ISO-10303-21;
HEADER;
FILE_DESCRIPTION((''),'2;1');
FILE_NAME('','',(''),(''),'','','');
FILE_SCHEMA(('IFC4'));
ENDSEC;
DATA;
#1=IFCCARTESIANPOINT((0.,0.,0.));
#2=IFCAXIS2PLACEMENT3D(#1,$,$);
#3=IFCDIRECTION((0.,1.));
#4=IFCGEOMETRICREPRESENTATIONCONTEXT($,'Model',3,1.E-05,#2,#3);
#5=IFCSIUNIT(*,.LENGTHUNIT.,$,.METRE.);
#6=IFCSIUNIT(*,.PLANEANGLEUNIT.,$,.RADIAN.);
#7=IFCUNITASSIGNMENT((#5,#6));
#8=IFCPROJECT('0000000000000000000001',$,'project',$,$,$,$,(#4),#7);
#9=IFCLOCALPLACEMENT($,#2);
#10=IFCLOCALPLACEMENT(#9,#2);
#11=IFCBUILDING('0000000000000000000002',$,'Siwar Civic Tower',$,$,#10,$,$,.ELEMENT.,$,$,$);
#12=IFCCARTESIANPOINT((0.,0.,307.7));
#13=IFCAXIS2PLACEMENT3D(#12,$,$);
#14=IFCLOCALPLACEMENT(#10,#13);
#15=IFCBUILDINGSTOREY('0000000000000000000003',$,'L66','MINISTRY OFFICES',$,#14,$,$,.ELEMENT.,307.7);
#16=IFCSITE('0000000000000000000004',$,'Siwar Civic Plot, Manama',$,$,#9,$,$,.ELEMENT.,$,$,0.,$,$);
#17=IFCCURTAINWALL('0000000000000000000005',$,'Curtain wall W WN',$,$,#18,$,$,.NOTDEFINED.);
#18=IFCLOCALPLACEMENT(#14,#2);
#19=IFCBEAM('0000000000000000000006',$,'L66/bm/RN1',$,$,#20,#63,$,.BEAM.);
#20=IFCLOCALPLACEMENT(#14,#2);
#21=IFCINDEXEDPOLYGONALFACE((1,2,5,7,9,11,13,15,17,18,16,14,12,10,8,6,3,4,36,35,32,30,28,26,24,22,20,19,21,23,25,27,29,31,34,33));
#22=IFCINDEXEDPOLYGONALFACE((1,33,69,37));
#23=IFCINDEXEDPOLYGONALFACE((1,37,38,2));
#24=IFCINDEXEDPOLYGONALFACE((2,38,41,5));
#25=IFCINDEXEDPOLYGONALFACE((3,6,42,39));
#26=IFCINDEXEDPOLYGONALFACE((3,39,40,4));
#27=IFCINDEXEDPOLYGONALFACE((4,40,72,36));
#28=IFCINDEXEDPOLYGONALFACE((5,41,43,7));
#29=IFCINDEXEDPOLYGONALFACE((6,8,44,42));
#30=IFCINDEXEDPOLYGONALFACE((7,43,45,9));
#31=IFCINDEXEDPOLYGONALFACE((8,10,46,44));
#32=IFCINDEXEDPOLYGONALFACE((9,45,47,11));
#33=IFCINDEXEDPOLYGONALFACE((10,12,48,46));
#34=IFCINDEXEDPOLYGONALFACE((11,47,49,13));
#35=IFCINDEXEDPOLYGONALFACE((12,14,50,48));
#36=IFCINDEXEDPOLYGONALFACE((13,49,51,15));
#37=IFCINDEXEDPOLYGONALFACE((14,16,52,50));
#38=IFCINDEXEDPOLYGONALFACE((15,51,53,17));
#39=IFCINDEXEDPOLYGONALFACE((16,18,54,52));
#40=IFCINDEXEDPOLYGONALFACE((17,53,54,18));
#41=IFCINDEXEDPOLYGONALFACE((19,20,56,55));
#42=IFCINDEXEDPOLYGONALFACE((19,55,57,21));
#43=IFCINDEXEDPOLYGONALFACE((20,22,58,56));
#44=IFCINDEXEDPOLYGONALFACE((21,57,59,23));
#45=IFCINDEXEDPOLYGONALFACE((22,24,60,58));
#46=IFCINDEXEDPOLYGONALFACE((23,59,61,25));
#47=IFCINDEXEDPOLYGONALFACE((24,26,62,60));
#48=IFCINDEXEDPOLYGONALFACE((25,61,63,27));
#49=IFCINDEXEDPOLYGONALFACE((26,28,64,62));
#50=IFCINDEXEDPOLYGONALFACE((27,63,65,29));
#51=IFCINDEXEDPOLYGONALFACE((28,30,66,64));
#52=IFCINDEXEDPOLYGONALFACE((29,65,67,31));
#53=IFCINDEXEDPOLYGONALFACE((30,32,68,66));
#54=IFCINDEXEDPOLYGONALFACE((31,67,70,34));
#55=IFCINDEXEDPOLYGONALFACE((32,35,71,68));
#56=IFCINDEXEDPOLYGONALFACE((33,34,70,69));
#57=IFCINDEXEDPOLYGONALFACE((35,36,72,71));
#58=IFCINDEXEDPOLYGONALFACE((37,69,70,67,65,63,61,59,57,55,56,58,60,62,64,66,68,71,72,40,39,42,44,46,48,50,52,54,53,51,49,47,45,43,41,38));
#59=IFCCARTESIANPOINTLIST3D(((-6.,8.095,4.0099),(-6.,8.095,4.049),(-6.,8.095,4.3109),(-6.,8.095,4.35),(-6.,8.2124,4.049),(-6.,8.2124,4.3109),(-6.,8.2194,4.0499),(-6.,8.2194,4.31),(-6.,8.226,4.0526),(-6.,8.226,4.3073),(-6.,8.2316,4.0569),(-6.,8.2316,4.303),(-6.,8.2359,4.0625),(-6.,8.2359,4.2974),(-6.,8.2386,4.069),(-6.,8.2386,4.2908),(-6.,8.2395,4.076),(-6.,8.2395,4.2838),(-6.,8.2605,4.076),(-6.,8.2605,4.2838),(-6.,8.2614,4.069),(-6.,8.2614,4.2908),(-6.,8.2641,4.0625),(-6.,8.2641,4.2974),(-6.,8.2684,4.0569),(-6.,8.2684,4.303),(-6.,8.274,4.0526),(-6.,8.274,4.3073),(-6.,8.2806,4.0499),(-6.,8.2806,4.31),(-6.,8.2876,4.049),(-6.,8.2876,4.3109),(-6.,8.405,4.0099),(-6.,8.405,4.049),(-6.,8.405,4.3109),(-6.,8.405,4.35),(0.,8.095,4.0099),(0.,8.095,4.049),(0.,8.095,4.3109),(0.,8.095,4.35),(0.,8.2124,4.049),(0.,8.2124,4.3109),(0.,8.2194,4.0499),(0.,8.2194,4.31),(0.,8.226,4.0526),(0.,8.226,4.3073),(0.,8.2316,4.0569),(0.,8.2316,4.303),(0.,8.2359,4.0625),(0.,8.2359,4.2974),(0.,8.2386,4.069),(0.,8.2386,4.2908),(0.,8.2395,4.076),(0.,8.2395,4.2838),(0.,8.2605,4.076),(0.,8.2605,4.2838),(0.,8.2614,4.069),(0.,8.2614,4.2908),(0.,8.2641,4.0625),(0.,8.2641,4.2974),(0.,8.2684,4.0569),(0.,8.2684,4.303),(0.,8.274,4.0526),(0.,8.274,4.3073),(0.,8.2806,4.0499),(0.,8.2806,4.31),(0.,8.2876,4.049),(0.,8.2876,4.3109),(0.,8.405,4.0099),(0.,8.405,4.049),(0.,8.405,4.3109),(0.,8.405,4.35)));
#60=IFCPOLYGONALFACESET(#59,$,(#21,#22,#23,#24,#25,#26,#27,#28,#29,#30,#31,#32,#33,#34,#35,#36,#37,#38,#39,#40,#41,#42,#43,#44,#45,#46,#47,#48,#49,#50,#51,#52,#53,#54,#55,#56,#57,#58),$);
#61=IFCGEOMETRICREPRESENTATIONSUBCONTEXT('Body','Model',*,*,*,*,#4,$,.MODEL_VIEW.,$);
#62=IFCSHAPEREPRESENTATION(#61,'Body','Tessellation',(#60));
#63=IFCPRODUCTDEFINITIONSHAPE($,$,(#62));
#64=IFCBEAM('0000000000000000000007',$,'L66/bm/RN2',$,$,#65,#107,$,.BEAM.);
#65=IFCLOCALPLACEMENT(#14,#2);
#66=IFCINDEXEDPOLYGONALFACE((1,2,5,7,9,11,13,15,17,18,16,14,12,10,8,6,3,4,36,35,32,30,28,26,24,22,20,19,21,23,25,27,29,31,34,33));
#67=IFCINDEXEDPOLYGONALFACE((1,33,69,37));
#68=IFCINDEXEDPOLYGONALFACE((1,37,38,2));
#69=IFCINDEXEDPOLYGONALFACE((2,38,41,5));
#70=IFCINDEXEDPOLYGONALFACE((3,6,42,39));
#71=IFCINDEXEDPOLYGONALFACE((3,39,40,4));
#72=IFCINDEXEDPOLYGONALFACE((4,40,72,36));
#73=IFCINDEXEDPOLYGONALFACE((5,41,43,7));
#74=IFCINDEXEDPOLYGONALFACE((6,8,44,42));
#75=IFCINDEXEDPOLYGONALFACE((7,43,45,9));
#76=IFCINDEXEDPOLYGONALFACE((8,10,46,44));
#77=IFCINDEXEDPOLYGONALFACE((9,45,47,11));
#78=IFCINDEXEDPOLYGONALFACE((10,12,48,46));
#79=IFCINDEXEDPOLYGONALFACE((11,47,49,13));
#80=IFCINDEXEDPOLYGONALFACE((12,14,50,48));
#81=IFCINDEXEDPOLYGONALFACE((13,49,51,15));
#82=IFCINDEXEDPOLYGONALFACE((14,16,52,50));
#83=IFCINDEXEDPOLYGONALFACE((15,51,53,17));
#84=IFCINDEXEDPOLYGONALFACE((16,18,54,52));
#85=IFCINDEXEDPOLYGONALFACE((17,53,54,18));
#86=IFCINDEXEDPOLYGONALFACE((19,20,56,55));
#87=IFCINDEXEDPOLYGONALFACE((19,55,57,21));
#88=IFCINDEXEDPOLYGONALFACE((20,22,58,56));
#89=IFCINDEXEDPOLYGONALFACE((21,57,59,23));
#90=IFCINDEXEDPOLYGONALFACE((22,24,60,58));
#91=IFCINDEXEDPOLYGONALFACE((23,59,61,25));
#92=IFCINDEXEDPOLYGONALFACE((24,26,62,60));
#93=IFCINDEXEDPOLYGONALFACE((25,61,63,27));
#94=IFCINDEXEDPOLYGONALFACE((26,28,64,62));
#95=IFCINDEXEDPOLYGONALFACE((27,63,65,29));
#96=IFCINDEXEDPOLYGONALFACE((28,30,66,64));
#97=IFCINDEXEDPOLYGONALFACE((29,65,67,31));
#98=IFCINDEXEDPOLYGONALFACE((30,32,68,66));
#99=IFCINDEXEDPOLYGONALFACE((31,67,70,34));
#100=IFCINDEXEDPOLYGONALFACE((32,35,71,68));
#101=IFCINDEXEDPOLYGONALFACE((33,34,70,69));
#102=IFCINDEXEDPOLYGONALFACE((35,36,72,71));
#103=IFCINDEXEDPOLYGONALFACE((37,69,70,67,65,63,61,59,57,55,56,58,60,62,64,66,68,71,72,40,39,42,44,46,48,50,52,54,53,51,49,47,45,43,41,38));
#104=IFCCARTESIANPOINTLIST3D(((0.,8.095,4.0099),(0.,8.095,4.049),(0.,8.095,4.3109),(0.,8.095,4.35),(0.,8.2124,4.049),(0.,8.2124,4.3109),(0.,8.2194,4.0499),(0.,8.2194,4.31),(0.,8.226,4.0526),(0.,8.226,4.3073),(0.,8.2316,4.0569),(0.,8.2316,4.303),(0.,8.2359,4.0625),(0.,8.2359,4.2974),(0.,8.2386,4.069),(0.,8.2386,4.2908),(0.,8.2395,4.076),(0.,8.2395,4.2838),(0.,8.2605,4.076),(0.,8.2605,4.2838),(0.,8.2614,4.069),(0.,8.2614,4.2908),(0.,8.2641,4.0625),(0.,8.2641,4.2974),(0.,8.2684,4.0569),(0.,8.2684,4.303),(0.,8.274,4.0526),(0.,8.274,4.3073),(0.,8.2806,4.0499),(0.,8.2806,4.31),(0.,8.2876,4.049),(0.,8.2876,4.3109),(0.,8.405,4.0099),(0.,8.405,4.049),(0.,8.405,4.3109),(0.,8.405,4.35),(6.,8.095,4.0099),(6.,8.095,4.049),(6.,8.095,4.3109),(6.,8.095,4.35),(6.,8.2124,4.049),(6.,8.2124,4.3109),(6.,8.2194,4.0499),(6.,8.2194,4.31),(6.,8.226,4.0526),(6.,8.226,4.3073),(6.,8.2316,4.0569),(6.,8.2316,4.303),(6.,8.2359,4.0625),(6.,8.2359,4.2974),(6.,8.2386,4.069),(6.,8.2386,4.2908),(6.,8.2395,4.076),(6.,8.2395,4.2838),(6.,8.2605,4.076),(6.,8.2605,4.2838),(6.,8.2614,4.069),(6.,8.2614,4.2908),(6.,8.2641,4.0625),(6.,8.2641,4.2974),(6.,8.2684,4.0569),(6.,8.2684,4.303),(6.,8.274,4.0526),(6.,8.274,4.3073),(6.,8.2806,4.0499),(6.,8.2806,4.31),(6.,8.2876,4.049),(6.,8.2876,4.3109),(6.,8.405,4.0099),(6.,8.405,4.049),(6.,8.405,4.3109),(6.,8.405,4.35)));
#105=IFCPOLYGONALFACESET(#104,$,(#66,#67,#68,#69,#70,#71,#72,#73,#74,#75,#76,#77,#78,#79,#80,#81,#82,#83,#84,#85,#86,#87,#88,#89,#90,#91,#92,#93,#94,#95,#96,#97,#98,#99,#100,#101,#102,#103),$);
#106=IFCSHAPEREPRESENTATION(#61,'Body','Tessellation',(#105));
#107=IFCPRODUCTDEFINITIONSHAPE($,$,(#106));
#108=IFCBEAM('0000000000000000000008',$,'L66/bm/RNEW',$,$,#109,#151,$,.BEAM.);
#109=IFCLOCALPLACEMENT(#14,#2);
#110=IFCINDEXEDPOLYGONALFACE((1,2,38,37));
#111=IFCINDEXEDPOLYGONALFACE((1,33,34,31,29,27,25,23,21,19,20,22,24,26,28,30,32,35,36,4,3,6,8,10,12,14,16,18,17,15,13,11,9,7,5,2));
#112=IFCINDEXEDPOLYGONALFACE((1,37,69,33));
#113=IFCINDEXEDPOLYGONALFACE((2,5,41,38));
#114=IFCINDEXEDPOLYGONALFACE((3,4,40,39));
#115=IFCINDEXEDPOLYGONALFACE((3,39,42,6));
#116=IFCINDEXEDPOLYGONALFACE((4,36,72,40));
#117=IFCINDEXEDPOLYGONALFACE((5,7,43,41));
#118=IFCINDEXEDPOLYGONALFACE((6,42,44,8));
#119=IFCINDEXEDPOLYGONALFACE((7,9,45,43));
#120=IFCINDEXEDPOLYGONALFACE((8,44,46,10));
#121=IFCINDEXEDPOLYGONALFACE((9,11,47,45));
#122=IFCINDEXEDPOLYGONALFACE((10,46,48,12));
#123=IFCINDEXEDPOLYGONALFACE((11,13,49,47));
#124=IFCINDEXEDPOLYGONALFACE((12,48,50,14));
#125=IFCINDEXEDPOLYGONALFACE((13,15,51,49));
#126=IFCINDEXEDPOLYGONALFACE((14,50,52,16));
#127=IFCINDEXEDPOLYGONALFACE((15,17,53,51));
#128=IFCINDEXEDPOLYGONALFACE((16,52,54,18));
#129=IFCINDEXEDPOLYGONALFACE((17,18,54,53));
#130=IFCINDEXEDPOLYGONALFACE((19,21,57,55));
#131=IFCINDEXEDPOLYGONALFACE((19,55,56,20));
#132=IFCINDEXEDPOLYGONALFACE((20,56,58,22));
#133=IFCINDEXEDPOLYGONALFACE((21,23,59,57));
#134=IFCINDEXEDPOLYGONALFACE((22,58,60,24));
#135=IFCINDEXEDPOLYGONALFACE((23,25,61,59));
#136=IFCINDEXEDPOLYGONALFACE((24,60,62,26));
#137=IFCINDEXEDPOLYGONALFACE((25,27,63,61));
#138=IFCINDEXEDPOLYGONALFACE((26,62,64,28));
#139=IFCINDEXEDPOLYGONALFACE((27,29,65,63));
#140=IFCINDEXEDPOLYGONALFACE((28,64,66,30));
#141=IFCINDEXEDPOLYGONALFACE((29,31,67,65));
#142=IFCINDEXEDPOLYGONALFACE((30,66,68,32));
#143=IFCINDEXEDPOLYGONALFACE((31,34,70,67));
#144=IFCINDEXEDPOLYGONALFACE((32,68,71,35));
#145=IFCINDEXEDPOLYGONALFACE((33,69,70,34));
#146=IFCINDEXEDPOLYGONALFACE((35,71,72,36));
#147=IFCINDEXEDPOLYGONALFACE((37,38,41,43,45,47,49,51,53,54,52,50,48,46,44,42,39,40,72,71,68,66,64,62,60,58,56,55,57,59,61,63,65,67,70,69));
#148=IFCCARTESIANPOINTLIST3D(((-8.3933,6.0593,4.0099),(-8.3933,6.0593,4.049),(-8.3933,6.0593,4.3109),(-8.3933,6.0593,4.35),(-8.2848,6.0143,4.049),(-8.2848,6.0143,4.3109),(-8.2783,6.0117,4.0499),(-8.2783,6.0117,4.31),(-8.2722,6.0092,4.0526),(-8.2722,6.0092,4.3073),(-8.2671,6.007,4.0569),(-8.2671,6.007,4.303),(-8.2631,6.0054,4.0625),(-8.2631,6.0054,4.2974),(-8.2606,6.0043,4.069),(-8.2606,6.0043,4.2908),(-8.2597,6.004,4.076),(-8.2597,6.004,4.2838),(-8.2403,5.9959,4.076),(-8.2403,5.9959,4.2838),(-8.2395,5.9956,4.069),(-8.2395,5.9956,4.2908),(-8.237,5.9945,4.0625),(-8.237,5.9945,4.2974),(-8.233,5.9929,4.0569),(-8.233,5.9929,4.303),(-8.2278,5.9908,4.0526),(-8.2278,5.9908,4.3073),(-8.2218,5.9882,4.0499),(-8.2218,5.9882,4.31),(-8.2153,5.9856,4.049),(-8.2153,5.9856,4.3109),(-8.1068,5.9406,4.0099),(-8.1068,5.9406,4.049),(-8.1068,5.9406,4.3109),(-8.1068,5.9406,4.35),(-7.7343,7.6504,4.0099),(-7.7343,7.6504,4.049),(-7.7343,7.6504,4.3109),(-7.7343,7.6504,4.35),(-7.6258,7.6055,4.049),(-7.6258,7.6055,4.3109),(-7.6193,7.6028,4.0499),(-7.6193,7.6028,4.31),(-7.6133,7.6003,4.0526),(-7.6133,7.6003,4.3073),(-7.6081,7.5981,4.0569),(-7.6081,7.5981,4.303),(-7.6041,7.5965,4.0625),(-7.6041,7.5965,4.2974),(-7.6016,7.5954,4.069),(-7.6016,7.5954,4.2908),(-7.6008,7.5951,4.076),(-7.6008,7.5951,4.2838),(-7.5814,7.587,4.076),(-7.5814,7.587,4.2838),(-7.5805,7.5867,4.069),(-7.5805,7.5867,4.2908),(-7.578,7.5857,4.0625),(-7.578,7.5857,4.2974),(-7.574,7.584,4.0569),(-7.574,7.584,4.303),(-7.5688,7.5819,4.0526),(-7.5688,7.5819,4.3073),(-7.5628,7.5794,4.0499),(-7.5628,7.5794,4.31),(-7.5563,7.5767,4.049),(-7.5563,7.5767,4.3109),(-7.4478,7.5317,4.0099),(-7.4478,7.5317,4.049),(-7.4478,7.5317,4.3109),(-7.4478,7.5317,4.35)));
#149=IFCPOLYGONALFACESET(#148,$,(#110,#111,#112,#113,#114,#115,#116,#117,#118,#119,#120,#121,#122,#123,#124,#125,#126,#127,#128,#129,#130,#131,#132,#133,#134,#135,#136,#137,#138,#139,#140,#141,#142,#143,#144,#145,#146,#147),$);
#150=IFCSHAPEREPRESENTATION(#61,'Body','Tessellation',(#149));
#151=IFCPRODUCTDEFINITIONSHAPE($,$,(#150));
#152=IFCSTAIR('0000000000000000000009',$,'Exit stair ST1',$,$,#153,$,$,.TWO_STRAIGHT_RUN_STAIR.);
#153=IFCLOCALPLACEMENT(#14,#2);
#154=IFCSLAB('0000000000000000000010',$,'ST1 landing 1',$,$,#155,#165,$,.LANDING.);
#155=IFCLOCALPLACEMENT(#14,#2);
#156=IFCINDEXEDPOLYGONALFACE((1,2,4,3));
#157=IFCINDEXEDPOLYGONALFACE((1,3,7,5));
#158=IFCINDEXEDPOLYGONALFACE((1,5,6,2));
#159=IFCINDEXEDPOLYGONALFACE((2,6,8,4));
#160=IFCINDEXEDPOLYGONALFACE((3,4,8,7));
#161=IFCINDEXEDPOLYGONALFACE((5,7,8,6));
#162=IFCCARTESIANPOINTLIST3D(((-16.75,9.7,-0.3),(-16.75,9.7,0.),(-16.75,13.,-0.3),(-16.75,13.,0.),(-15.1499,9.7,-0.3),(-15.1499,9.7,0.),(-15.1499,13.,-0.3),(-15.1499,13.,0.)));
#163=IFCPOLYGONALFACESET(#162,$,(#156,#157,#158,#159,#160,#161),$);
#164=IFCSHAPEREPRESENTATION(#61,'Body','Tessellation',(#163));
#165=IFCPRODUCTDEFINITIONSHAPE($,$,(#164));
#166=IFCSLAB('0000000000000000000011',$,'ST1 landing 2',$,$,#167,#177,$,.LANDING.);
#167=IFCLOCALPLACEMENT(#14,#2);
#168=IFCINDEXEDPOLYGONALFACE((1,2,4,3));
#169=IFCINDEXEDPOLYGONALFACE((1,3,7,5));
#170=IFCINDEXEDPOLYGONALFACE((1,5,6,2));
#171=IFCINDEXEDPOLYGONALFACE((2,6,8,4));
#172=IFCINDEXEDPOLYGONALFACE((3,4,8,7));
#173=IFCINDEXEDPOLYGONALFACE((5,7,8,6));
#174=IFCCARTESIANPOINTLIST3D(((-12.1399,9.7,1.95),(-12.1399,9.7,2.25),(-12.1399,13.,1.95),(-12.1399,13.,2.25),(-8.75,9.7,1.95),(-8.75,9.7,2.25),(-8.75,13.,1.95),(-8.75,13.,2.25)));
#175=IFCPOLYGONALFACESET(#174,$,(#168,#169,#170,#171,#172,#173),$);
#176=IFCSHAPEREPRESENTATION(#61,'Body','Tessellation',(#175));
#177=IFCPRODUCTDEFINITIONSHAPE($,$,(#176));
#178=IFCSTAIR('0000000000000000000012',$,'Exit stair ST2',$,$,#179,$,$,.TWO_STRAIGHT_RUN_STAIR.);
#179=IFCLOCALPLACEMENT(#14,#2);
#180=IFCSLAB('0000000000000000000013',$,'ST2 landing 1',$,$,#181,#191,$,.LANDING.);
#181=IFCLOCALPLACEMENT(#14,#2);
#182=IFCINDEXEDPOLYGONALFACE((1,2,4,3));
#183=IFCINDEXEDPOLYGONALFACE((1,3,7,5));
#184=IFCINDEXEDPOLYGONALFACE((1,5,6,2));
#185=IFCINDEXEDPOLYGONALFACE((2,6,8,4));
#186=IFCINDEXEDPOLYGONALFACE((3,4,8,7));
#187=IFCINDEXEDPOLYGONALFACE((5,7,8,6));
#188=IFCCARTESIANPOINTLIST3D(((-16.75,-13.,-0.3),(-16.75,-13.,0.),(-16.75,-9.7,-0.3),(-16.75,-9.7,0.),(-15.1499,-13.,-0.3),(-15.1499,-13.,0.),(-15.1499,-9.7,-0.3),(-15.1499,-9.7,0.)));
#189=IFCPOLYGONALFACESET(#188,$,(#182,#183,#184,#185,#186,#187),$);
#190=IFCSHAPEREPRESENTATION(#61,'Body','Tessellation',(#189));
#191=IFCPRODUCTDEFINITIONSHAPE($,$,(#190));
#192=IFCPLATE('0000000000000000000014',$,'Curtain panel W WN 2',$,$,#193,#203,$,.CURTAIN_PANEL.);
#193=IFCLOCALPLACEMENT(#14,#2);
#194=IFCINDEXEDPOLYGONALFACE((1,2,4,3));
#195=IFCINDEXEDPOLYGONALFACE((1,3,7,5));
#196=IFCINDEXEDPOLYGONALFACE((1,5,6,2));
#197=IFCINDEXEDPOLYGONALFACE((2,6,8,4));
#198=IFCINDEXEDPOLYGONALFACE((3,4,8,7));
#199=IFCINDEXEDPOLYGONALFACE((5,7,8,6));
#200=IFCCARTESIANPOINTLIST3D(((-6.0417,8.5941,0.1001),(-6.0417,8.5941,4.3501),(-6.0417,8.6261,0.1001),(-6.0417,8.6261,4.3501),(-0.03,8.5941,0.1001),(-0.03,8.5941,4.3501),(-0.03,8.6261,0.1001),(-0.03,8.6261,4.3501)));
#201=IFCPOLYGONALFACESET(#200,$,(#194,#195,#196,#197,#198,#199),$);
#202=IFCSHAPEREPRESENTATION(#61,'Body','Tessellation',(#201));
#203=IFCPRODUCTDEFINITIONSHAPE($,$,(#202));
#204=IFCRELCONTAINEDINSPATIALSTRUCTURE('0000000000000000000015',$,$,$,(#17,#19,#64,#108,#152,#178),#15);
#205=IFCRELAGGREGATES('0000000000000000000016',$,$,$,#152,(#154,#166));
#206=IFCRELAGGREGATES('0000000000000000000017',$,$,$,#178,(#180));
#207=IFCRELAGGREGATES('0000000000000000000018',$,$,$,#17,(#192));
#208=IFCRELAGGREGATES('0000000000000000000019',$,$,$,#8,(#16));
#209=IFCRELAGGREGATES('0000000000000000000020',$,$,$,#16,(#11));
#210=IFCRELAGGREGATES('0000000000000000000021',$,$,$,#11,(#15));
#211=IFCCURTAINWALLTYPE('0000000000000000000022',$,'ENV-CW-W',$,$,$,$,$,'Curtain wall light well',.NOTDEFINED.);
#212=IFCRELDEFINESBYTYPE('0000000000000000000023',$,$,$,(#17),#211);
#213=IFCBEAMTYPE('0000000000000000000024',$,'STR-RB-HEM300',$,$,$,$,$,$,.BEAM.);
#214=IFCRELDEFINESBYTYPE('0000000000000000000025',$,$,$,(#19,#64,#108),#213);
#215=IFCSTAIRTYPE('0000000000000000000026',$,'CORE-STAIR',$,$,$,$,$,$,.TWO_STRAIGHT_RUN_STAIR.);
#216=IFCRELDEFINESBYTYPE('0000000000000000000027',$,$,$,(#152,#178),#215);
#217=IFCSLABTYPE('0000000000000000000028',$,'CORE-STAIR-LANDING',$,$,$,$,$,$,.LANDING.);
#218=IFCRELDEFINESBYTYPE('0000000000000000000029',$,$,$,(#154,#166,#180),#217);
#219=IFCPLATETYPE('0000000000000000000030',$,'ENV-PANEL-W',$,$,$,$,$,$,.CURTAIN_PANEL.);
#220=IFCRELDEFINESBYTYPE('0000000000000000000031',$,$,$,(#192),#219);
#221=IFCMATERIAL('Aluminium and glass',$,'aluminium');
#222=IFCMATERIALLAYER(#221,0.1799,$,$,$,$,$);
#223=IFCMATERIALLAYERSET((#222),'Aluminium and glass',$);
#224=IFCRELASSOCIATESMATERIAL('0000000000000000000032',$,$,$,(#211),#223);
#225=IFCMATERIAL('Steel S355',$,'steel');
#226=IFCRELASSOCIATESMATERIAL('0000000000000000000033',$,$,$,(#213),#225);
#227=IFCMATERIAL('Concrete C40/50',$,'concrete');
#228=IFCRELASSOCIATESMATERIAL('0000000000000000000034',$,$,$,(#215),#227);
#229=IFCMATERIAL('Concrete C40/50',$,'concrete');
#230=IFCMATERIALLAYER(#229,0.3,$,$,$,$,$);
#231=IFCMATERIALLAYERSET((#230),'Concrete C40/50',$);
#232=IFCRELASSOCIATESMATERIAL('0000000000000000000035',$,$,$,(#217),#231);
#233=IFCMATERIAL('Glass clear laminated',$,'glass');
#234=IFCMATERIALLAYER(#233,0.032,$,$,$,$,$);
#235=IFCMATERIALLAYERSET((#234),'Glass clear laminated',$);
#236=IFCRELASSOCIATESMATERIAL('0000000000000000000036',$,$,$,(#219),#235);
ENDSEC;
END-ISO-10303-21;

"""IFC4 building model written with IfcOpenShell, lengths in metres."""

from ifc_helpers import new_model, si_unit, direction, frame, origin, origin_2d, place, context, subcontext, project, spatial, polyline, rectangle, i_section, outline, extrude, material, layer, layer_set, material_profile, profile_set, type_object, element, aggregate, save


model = new_model("IFC4")

# Units and contexts
model_context = context("Model", 3, precision=1e-05, world=origin(), true_north=direction((0.0, 1.0)))
body_context = subcontext(model_context, "Body", "Model", "MODEL_VIEW")
ifc_project = project(units=[si_unit("LENGTHUNIT", "METRE"), si_unit("PLANEANGLEUNIT", "RADIAN")], contexts=[model_context])

# Site, building, storey
site_placement = place(None, origin())
site = spatial("IfcSite", under=ifc_project, at=site_placement, Name="Siwar Civic Plot, Manama", CompositionType="ELEMENT", RefElevation=0.0)
building_placement = place(site_placement, origin())
building = spatial("IfcBuilding", under=site, at=building_placement, Name="Siwar Civic Tower", CompositionType="ELEMENT")
storey_placement = place(building_placement, frame((0.0, 0.0, 307.7)))
storey = spatial("IfcBuildingStorey", under=building, at=storey_placement, Name="L66", Description="MINISTRY OFFICES", CompositionType="ELEMENT", Elevation=307.7)

# Curtain wall
ifc_material_1 = material(Name="Aluminium and glass", Category="aluminium")
ifc_layer_1 = layer(ifc_material_1, 0.1799)
ifc_layer_set_1 = layer_set([ifc_layer_1], Name="Aluminium and glass")
curtain_wall_type = type_object("IfcCurtainWallType", Name="ENV-CW-W", ElementType="Curtain wall light well", PredefinedType="NOTDEFINED", material=ifc_layer_set_1)
curtain_wall_placement = place(storey_placement, origin())
curtain_wall = element("IfcCurtainWall", 1, at=curtain_wall_placement, inside=storey, type_object=curtain_wall_type, Name="Curtain wall W WN", PredefinedType="NOTDEFINED")

# Beams
ifc_material_2 = material(Name="Steel S355", Category="steel")
ifc_material_profile_1 = material_profile(ifc_material_2, i_section(OverallWidth=0.3101, OverallDepth=0.3401, WebThickness=0.021, FlangeThickness=0.0391, FilletRadius=0.0271, at=origin_2d()), Name="HEM300")
ifc_profile_set_1 = profile_set([ifc_material_profile_1], Name="Steel S355")
beam_type_1 = type_object("IfcBeamType", Name="STR-RB-HEM300", PredefinedType="BEAM", material=ifc_profile_set_1)
for number, where, z_axis, x_axis, name in (
    (2, (-6.0, 8.25, 4.1799), (1.0, 0.0, 0.0), (0.0, 1.0, 0.0), "L66/bm/RN1"),
    (3, (0.0, 8.25, 4.1799), (1.0, 0.0, 0.0), (0.0, 1.0, 0.0), "L66/bm/RN2"),
):
    element("IfcBeam", number, at=place(storey_placement, frame(where, z_axis=z_axis, x_axis=x_axis)), inside=storey, type_object=beam_type_1, Name=name, PredefinedType="BEAM", context=body_context, shape_type="SweptSolid", body=[
        extrude(i_section(OverallWidth=0.3101, OverallDepth=0.3401, WebThickness=0.021, FlangeThickness=0.0391, FilletRadius=0.0271, at=origin_2d()), origin(), (0.0, 0.0, 1.0), 6.0),
    ])
beam_1_placement = place(storey_placement, frame((-7.5911, 7.5911, 4.1799), z_axis=(-0.382631, -0.923901, 0.0), x_axis=(0.923901, -0.382631, 0.0)))
element("IfcBeam", 4, at=beam_1_placement, inside=storey, type_object=beam_type_1, Name="L66/bm/RNEW", PredefinedType="BEAM", context=body_context, shape_type="SweptSolid", body=[
    extrude(i_section(OverallWidth=0.3101, OverallDepth=0.3401, WebThickness=0.021, FlangeThickness=0.0391, FilletRadius=0.0271, at=origin_2d()), origin(), (0.0, 0.0, 1.0), 1.7222),
])

# Stair, slabs
ifc_material_3 = material(Name="Concrete C40/50", Category="concrete")
stair_type = type_object("IfcStairType", Name="CORE-STAIR", PredefinedType="TWO_STRAIGHT_RUN_STAIR", material=ifc_material_3)
stair_1_placement = place(storey_placement, origin())
stair_1 = element("IfcStair", 5, at=stair_1_placement, inside=storey, type_object=stair_type, Name="Exit stair ST1", PredefinedType="TWO_STRAIGHT_RUN_STAIR")
ifc_material_4 = material(Name="Concrete C40/50", Category="concrete")
ifc_layer_2 = layer(ifc_material_4, 0.3)
ifc_layer_set_2 = layer_set([ifc_layer_2], Name="Concrete C40/50")
slab_type_1 = type_object("IfcSlabType", Name="CORE-STAIR-LANDING", PredefinedType="LANDING", material=ifc_layer_set_2)
slab_1_placement = place(storey_placement, frame((0.0, 0.0, -0.3)))
slab_1 = element("IfcSlab", 6, at=slab_1_placement, type_object=slab_type_1, Name="ST1 landing 1", PredefinedType="LANDING", context=body_context, shape_type="SweptSolid", body=[
    extrude(outline(polyline([(-15.1499, 13.0), (-16.75, 13.0), (-16.75, 9.7), (-15.1499, 9.7), (-15.1499, 13.0)])), origin(), (0.0, 0.0, 1.0), 0.3),
])
slab_2_placement = place(storey_placement, frame((0.0, 0.0, 1.95)))
slab_2 = element("IfcSlab", 7, at=slab_2_placement, type_object=slab_type_1, Name="ST1 landing 2", PredefinedType="LANDING", context=body_context, shape_type="SweptSolid", body=[
    extrude(outline(polyline([(-8.75, 13.0), (-12.1399, 13.0), (-12.1399, 9.7), (-8.75, 9.7), (-8.75, 13.0)])), origin(), (0.0, 0.0, 1.0), 0.3),
])
aggregate(stair_1, [slab_1, slab_2])

# Stair, slab
stair_2_placement = place(storey_placement, origin())
stair_2 = element("IfcStair", 8, at=stair_2_placement, inside=storey, type_object=stair_type, Name="Exit stair ST2", PredefinedType="TWO_STRAIGHT_RUN_STAIR")
slab_3_placement = place(storey_placement, frame((0.0, 0.0, -0.3)))
slab_3 = element("IfcSlab", 9, at=slab_3_placement, type_object=slab_type_1, Name="ST2 landing 1", PredefinedType="LANDING", context=body_context, shape_type="SweptSolid", body=[
    extrude(outline(polyline([(-15.1499, -9.7), (-16.75, -9.7), (-16.75, -13.0), (-15.1499, -13.0), (-15.1499, -9.7)])), origin(), (0.0, 0.0, 1.0), 0.3),
])
aggregate(stair_2, [slab_3])

# Plate
ifc_material_5 = material(Name="Glass clear laminated", Category="glass")
ifc_layer_3 = layer(ifc_material_5, 0.032)
ifc_layer_set_3 = layer_set([ifc_layer_3], Name="Glass clear laminated")
plate_type = type_object("IfcPlateType", Name="ENV-PANEL-W", PredefinedType="CURTAIN_PANEL", material=ifc_layer_set_3)
plate_placement = place(storey_placement, frame((-3.0359, 8.6101, 0.1001), z_axis=(0.0, 0.0, 1.0), x_axis=(-1.0, 0.0, 0.0)))
plate = element("IfcPlate", 10, at=plate_placement, type_object=plate_type, Name="Curtain panel W WN 2", PredefinedType="CURTAIN_PANEL", context=body_context, shape_type="SweptSolid", body=[
    extrude(rectangle(XDim=6.0117, YDim=0.032, at=origin_2d()), origin(), (0.0, 0.0, 1.0), 4.25),
])
aggregate(curtain_wall, [plate])

save(model, "model.ifc")
